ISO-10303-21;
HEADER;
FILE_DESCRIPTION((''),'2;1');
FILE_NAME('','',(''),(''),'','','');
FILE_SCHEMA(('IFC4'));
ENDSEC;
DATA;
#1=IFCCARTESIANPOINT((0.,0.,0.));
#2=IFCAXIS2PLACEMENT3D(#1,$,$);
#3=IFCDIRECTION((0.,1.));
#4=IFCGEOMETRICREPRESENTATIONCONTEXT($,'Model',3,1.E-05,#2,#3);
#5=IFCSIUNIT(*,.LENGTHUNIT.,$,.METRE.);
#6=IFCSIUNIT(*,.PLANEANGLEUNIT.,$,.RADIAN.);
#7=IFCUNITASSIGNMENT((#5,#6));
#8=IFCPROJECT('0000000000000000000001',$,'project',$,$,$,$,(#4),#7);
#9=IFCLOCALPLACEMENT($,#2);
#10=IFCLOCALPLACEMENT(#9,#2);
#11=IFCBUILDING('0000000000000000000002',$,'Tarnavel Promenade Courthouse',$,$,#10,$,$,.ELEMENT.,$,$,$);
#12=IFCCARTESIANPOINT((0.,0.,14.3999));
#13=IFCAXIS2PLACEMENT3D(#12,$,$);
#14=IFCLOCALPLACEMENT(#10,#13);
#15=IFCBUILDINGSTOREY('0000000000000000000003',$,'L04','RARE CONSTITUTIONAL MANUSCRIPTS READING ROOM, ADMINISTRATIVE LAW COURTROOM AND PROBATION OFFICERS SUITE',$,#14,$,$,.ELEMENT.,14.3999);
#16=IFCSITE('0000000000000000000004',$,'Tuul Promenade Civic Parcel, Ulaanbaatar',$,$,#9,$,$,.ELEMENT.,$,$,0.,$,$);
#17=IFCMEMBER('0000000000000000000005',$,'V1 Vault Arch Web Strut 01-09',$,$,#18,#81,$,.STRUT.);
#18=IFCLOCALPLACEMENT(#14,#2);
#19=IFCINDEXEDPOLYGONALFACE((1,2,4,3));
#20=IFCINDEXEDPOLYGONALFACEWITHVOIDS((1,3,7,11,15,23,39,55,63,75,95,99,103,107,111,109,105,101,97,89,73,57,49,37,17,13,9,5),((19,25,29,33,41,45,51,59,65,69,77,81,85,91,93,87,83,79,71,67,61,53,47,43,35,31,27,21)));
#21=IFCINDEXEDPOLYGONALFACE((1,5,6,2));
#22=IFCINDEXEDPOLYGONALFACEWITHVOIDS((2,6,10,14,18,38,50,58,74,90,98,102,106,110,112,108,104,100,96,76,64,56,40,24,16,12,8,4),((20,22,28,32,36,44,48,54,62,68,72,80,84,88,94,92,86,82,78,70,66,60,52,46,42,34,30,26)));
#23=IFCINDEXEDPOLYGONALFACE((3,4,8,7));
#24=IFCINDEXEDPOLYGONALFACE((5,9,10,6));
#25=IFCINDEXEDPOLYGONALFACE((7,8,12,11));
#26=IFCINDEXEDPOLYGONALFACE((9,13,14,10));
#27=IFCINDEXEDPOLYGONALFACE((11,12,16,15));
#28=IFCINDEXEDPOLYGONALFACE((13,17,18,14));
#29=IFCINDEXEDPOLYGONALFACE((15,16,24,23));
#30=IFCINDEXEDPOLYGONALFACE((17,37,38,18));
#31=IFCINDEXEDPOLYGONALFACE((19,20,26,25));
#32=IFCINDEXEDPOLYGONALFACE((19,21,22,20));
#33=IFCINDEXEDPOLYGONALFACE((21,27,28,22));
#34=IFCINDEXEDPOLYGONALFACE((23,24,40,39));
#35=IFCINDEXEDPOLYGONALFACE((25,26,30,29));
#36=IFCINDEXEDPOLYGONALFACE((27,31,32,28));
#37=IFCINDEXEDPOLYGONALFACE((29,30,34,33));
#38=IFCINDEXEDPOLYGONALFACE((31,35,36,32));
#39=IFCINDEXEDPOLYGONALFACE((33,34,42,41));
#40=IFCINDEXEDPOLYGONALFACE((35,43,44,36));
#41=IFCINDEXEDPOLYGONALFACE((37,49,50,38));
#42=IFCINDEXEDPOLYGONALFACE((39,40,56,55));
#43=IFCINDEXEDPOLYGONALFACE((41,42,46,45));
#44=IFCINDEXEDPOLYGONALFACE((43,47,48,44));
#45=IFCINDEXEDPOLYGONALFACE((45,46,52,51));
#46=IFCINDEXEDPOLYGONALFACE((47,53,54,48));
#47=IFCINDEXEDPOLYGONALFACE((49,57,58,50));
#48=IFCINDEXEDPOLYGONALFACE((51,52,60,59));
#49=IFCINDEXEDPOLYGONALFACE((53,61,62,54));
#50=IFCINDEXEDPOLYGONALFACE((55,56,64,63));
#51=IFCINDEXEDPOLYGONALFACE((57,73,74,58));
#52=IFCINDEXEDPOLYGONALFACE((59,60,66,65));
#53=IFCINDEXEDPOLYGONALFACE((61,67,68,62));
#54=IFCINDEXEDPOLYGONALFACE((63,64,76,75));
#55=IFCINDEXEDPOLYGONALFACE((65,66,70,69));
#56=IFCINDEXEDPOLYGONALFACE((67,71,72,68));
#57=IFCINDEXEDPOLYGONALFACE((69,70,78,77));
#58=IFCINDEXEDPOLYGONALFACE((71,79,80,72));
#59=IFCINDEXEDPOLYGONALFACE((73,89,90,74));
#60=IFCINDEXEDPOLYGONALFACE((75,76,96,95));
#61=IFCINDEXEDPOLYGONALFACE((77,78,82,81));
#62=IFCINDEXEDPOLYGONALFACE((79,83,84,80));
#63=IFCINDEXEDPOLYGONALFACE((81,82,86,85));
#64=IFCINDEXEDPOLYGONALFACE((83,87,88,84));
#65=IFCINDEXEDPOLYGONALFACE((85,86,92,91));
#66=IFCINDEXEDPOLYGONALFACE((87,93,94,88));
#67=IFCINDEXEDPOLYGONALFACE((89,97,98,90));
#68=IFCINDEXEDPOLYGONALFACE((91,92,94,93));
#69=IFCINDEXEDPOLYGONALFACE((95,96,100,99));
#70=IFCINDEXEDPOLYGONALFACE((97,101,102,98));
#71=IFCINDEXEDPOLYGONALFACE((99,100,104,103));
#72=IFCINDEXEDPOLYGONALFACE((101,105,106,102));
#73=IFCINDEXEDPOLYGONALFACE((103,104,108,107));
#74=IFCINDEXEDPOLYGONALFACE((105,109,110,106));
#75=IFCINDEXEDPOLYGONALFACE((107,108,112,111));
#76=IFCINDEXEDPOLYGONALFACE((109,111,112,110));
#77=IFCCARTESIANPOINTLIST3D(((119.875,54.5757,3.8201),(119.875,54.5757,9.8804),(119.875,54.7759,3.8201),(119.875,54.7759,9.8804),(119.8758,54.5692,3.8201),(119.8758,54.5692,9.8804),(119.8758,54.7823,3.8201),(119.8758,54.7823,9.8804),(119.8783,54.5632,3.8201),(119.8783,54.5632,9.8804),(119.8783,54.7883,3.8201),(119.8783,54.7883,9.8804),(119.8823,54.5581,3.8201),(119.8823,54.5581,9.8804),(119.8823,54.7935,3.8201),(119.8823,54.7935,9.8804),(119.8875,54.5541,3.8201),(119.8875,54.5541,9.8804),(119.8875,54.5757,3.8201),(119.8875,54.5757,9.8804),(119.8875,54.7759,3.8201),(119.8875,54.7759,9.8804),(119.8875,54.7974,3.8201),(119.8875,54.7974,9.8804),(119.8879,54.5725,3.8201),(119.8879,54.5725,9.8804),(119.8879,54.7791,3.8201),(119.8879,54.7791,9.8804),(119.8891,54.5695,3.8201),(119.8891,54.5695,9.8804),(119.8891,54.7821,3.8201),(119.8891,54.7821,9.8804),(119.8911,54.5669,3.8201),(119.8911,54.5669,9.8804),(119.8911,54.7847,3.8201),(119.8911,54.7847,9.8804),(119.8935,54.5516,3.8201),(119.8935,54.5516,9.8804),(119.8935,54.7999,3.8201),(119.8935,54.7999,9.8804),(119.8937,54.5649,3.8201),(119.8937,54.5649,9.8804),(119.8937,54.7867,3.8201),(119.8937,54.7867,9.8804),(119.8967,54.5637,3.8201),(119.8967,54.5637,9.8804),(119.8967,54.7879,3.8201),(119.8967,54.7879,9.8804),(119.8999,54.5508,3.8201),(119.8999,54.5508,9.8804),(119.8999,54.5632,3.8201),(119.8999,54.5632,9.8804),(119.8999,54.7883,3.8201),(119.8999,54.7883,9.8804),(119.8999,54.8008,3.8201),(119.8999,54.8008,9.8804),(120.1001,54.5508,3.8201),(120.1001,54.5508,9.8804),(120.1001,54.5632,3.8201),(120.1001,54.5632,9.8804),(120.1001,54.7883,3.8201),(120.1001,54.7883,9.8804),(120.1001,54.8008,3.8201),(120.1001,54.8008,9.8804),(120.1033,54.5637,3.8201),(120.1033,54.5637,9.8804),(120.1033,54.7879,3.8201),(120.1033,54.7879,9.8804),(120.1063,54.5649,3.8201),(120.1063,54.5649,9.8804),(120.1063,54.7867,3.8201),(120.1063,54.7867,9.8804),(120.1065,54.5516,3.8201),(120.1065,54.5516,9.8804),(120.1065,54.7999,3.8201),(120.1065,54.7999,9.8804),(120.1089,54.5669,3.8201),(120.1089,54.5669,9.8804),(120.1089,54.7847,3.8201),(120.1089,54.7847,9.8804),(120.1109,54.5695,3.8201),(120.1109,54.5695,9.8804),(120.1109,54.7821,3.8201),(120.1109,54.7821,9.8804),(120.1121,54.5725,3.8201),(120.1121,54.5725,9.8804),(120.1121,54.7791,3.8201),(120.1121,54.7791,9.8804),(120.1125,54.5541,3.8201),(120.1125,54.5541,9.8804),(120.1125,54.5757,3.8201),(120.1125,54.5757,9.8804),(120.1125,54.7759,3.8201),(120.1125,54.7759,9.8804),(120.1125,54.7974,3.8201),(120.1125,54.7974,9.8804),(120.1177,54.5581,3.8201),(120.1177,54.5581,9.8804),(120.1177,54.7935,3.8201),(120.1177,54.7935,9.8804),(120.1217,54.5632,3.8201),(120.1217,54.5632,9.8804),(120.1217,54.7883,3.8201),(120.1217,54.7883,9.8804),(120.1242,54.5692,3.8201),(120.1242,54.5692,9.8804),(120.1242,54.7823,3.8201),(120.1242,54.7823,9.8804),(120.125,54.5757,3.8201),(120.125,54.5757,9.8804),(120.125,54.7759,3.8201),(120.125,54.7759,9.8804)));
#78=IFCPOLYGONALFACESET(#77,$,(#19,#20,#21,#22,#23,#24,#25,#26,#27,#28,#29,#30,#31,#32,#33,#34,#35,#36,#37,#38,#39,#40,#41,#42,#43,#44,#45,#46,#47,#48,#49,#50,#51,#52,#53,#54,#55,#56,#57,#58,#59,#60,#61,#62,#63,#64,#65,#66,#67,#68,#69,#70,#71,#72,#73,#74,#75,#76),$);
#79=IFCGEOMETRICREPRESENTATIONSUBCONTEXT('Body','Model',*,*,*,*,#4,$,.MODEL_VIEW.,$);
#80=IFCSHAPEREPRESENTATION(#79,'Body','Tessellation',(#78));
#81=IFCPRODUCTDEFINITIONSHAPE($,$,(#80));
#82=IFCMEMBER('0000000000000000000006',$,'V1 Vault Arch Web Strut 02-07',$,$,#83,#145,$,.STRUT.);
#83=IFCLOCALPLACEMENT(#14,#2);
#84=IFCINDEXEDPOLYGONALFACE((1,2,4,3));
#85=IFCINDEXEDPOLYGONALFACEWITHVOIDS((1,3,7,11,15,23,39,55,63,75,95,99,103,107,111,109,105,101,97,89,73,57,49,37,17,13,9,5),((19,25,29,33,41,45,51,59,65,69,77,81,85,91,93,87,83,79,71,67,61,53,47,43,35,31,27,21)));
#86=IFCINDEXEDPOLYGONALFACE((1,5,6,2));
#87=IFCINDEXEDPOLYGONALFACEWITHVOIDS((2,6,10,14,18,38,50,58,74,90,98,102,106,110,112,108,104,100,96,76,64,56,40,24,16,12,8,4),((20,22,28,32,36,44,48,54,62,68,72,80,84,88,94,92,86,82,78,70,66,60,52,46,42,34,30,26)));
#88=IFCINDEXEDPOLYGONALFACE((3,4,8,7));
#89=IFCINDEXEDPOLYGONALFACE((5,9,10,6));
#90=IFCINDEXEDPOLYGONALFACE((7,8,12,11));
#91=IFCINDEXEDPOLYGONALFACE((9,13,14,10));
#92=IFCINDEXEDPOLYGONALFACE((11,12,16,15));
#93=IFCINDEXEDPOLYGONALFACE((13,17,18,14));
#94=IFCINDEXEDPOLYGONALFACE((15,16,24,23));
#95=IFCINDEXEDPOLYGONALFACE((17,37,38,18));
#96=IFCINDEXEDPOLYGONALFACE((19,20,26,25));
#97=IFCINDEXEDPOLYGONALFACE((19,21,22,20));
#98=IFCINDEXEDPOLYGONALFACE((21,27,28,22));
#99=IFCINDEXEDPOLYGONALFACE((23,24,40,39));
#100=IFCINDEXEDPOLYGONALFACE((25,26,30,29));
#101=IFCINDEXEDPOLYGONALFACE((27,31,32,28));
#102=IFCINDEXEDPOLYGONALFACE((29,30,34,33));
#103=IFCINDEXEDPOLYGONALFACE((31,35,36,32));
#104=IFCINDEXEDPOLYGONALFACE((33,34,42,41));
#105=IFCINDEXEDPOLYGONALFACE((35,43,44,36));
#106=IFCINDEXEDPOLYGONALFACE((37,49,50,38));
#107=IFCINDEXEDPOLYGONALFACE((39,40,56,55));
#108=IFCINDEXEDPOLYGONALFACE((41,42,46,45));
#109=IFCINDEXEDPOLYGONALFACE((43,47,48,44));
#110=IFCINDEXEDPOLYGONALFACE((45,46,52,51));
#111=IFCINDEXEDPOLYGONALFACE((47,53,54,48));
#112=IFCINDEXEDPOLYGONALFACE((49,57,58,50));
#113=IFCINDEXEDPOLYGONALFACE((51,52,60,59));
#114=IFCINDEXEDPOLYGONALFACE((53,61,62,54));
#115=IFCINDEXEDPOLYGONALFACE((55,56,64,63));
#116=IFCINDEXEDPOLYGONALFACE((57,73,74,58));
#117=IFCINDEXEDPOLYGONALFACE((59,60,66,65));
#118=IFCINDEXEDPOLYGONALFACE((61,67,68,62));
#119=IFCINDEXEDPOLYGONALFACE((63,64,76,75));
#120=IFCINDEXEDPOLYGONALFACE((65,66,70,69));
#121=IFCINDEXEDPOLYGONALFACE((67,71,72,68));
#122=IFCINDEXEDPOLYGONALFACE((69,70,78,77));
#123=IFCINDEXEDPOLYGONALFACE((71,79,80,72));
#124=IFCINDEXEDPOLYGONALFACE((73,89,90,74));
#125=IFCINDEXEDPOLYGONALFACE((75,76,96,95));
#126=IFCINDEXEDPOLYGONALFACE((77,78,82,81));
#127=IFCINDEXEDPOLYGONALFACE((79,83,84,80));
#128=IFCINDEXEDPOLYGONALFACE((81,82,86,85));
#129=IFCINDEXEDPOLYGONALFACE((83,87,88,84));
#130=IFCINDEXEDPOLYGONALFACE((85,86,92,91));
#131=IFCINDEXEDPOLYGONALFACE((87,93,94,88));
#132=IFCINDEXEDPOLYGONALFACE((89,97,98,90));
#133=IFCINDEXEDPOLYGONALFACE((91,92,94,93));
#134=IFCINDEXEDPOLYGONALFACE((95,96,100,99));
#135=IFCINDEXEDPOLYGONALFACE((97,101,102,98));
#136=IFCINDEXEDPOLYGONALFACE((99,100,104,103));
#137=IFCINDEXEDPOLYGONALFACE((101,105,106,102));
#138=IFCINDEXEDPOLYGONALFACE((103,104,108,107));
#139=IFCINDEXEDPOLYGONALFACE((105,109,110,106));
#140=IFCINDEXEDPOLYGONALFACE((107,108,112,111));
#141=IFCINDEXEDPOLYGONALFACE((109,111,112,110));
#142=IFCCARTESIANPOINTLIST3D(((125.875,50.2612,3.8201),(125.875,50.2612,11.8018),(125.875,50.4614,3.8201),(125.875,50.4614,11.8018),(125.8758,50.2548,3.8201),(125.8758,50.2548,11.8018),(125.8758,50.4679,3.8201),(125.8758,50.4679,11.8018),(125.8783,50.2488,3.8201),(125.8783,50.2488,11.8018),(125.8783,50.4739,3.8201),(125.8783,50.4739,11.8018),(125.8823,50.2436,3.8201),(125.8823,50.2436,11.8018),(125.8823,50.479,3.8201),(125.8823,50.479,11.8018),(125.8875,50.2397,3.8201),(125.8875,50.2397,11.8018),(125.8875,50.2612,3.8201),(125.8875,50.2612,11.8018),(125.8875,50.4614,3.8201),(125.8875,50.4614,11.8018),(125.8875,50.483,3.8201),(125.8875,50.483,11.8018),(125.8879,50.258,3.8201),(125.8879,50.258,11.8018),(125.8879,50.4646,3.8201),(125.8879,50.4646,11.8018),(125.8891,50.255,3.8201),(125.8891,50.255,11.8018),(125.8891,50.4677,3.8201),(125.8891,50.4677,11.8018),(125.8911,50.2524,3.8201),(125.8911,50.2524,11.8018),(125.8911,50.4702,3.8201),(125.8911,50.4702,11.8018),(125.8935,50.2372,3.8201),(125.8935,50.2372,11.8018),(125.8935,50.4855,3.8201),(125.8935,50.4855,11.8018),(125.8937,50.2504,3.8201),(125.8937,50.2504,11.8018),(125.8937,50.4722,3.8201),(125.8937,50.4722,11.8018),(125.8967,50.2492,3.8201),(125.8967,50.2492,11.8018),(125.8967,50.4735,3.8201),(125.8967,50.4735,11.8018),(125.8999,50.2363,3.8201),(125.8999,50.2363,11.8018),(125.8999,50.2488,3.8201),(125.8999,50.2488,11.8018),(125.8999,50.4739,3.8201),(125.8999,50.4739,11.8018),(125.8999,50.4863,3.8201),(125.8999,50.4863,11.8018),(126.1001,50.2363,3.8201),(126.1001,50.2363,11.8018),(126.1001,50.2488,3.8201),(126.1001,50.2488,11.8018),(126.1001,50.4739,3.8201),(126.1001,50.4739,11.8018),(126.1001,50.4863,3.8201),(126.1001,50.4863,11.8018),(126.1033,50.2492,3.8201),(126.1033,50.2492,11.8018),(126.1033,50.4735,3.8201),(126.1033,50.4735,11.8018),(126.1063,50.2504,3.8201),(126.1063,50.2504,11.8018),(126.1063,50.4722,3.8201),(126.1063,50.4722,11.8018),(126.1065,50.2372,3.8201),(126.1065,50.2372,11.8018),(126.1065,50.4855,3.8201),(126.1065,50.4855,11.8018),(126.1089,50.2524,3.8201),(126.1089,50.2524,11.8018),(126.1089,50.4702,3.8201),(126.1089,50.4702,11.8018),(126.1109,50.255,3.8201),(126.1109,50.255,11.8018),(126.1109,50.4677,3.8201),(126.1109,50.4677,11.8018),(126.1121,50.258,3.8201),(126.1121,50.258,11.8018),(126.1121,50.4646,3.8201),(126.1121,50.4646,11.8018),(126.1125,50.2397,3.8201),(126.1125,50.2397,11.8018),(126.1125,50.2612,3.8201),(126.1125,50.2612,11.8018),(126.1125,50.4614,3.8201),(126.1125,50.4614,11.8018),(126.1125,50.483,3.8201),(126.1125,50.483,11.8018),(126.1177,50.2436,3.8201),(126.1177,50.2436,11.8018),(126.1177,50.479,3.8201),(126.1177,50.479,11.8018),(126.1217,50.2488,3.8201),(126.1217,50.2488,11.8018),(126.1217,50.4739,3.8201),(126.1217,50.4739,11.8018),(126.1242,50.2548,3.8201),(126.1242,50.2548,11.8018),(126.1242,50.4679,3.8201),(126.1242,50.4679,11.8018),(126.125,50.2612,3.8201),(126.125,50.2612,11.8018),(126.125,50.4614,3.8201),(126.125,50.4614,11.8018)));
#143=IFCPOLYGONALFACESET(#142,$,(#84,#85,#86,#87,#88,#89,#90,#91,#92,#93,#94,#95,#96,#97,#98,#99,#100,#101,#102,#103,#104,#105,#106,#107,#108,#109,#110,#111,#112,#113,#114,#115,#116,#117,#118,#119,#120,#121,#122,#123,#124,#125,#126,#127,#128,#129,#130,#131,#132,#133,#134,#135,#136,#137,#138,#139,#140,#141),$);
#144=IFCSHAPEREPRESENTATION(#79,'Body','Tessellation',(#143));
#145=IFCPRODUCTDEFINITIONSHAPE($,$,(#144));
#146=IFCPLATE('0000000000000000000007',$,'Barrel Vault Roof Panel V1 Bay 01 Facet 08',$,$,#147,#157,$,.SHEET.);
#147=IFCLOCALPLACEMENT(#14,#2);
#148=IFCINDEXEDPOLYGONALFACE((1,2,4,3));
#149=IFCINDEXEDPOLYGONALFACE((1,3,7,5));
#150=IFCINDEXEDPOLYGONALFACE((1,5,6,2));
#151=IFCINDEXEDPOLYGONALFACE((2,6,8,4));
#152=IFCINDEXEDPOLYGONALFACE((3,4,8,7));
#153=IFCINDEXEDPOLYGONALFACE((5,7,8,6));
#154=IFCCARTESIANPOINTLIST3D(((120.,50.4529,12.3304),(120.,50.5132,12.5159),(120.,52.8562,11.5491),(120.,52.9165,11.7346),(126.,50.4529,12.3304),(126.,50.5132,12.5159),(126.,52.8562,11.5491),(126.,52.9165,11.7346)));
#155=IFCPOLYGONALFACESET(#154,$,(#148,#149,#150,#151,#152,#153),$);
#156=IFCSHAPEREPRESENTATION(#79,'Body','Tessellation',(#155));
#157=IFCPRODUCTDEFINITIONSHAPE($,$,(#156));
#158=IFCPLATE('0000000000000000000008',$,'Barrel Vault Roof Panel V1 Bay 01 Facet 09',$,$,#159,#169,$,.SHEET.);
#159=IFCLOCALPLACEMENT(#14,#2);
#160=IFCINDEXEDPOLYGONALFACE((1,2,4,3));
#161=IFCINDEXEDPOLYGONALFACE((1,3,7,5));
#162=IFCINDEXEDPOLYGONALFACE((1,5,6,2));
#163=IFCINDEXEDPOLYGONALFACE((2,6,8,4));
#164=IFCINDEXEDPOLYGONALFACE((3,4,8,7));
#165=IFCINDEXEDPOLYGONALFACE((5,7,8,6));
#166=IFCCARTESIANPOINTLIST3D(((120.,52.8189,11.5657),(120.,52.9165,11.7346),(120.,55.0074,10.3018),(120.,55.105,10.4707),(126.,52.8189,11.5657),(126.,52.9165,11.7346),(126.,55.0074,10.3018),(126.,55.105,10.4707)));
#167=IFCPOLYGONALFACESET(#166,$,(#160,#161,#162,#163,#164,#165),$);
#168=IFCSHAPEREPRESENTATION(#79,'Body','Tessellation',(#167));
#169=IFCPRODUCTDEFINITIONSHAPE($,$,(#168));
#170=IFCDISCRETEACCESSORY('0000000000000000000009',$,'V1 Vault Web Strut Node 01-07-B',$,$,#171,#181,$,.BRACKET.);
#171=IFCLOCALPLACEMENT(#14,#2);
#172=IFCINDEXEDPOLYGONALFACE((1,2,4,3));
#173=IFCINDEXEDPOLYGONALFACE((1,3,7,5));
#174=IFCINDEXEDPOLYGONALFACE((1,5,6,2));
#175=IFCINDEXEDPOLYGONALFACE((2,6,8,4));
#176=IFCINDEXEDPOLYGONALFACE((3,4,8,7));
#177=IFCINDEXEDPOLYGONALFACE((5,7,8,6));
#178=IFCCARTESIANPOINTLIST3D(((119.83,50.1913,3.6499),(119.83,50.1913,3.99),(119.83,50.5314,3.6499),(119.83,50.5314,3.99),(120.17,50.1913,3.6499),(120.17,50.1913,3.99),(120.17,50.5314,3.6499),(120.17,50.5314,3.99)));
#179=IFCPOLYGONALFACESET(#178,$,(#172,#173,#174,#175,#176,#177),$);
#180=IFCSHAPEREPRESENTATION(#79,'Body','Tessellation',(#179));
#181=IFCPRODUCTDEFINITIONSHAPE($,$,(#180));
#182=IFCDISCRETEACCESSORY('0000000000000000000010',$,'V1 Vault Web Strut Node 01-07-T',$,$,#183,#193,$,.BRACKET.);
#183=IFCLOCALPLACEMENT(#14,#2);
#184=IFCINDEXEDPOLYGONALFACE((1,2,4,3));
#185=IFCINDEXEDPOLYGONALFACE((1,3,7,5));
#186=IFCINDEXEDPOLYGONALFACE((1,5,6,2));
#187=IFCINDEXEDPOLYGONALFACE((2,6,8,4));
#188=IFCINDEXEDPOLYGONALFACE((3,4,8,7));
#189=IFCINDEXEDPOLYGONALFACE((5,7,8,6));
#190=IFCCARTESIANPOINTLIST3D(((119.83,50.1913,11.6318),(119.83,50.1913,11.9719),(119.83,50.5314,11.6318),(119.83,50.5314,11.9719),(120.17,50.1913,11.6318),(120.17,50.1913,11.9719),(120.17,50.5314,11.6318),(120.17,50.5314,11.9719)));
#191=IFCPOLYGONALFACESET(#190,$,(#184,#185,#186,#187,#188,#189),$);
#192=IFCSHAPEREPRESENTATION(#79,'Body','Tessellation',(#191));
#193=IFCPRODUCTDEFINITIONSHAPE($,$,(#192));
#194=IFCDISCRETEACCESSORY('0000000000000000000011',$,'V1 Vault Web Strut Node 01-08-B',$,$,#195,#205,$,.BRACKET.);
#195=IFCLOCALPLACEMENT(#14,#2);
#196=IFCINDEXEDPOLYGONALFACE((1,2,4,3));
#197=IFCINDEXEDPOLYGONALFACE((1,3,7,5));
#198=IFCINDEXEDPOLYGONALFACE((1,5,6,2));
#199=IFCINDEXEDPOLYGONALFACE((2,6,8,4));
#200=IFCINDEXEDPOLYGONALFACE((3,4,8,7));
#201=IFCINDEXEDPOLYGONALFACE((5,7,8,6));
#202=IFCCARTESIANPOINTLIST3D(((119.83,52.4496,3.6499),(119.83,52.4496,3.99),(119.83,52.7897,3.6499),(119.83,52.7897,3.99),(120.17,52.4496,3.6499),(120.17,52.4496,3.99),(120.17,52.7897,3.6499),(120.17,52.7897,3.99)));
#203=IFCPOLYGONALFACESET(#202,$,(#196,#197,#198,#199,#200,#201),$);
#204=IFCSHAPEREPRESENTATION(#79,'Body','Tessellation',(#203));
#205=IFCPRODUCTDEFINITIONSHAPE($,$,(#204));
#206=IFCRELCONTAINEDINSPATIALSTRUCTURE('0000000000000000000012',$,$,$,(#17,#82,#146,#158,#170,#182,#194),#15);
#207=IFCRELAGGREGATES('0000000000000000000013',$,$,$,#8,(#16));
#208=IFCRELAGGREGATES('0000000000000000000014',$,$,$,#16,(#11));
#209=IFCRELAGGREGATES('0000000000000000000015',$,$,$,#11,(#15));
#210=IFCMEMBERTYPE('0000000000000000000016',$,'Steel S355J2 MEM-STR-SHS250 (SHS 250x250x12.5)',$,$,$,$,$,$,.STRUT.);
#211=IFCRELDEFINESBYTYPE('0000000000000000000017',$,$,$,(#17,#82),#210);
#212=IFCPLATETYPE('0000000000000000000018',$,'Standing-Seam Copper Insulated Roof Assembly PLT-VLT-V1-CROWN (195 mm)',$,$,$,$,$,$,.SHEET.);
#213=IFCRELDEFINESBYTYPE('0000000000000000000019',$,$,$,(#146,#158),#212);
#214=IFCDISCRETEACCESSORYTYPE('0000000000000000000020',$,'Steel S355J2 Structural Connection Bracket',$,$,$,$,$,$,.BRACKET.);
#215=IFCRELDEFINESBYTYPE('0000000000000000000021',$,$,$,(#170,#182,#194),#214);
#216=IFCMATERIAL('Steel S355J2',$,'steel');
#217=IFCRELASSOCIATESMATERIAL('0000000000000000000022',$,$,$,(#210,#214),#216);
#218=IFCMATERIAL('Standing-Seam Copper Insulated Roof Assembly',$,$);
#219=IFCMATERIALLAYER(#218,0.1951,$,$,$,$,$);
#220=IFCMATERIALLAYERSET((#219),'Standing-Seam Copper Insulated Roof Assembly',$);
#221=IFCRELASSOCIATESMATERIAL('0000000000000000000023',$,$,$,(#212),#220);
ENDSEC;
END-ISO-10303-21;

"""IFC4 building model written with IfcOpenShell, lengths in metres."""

from ifc_helpers import new_model, si_unit, direction, frame, origin, origin_2d, place, context, subcontext, project, spatial, polyline, rectangle, hollow_rectangle, outline, extrude, material, layer, layer_set, material_profile, profile_set, type_object, element, save


model = new_model("IFC4")

# Units and contexts
model_context = context("Model", 3, precision=1e-05, world=origin(), true_north=direction((0.0, 1.0)))
body_context = subcontext(model_context, "Body", "Model", "MODEL_VIEW")
ifc_project = project(units=[si_unit("LENGTHUNIT", "METRE"), si_unit("PLANEANGLEUNIT", "RADIAN")], contexts=[model_context])

# Site, building, storey
site_placement = place(None, origin())
site = spatial("IfcSite", under=ifc_project, at=site_placement, Name="Tuul Promenade Civic Parcel, Ulaanbaatar", CompositionType="ELEMENT", RefElevation=0.0)
building_placement = place(site_placement, origin())
building = spatial("IfcBuilding", under=site, at=building_placement, Name="Tarnavel Promenade Courthouse", CompositionType="ELEMENT")
storey_placement = place(building_placement, frame((0.0, 0.0, 14.3999)))
storey = spatial("IfcBuildingStorey", under=building, at=storey_placement, Name="L04", Description="RARE CONSTITUTIONAL MANUSCRIPTS READING ROOM, ADMINISTRATIVE LAW COURTROOM AND PROBATION OFFICERS SUITE", CompositionType="ELEMENT", Elevation=14.3999)

# Shared definitions
ifc_material_1 = material(Name="Steel S355J2", Category="steel")

# Members
ifc_material_profile_1 = material_profile(ifc_material_1, hollow_rectangle(XDim=0.25, YDim=0.25, WallThickness=0.0125, InnerFilletRadius=0.0125, OuterFilletRadius=0.0249, at=origin_2d()), Name="SHS 250x250x12.5")
ifc_profile_set_1 = profile_set([ifc_material_profile_1], Name="Steel S355J2")
member_type_1 = type_object("IfcMemberType", Name="Steel S355J2 MEM-STR-SHS250 (SHS 250x250x12.5)", PredefinedType="STRUT", material=ifc_profile_set_1)
member_1_placement = place(storey_placement, frame((120.0, 54.6758, 3.8201), z_axis=(0.0, 0.0, 1.0), x_axis=(1.0, 0.0, 0.0)))
element("IfcMember", 1, at=member_1_placement, inside=storey, type_object=member_type_1, Name="V1 Vault Arch Web Strut 01-09", PredefinedType="STRUT", context=body_context, shape_type="SweptSolid", body=[
    extrude(hollow_rectangle(XDim=0.25, YDim=0.25, WallThickness=0.0125, InnerFilletRadius=0.0125, OuterFilletRadius=0.0249, at=origin_2d()), origin(), (0.0, 0.0, 1.0), 6.0603),
])
member_2_placement = place(storey_placement, frame((126.0, 50.3613, 3.8201), z_axis=(0.0, 0.0, 1.0), x_axis=(1.0, 0.0, 0.0)))
element("IfcMember", 2, at=member_2_placement, inside=storey, type_object=member_type_1, Name="V1 Vault Arch Web Strut 02-07", PredefinedType="STRUT", context=body_context, shape_type="SweptSolid", body=[
    extrude(hollow_rectangle(XDim=0.25, YDim=0.25, WallThickness=0.0125, InnerFilletRadius=0.0125, OuterFilletRadius=0.0249, at=origin_2d()), origin(), (0.0, 0.0, 1.0), 7.9817),
])

# Plates
ifc_material_2 = material(Name="Standing-Seam Copper Insulated Roof Assembly")
ifc_layer = layer(ifc_material_2, 0.1951)
ifc_layer_set = layer_set([ifc_layer], Name="Standing-Seam Copper Insulated Roof Assembly")
plate_type = type_object("IfcPlateType", Name="Standing-Seam Copper Insulated Roof Assembly PLT-VLT-V1-CROWN (195 mm)", PredefinedType="SHEET", material=ifc_layer_set)
plate_1_placement = place(storey_placement, frame((120.0, 50.5132, 12.5159), z_axis=(0.0, 0.309147, 0.951014), x_axis=(1.0, 0.0, 0.0)))
element("IfcPlate", 3, at=plate_1_placement, inside=storey, type_object=plate_type, Name="Barrel Vault Roof Panel V1 Bay 01 Facet 08", PredefinedType="SHEET", context=body_context, shape_type="SweptSolid", body=[
    extrude(outline(polyline([(0.0, 0.0), (6.0, 0.0), (6.0, 2.5271), (0.0, 2.5271), (0.0, 0.0)])), origin(), (0.0, 0.0, -1.0), 0.1951),
])
plate_2_placement = place(storey_placement, frame((120.0, 52.9165, 11.7346), z_axis=(0.0, 0.500118, 0.865957), x_axis=(1.0, 0.0, 0.0)))
element("IfcPlate", 4, at=plate_2_placement, inside=storey, type_object=plate_type, Name="Barrel Vault Roof Panel V1 Bay 01 Facet 09", PredefinedType="SHEET", context=body_context, shape_type="SweptSolid", body=[
    extrude(outline(polyline([(0.0, 0.0), (6.0, 0.0), (6.0, 2.5272), (0.0, 2.5272), (0.0, 0.0)])), origin(), (0.0, 0.0, -1.0), 0.1951),
])

# Discrete accessories
discrete_accessory_type = type_object("IfcDiscreteAccessoryType", Name="Steel S355J2 Structural Connection Bracket", PredefinedType="BRACKET", material=ifc_material_1)
for number, where, z_axis, x_axis, name in (
    (5, (120.0, 50.3613, 3.6499), (0.0, 0.0, 1.0), (1.0, 0.0, 0.0), "V1 Vault Web Strut Node 01-07-B"),
    (6, (120.0, 50.3613, 11.6318), (0.0, 0.0, 1.0), (1.0, 0.0, 0.0), "V1 Vault Web Strut Node 01-07-T"),
    (7, (120.0, 52.6196, 3.6499), (0.0, 0.0, 1.0), (1.0, 0.0, 0.0), "V1 Vault Web Strut Node 01-08-B"),
):
    element("IfcDiscreteAccessory", number, at=place(storey_placement, frame(where, z_axis=z_axis, x_axis=x_axis)), inside=storey, type_object=discrete_accessory_type, Name=name, PredefinedType="BRACKET", context=body_context, shape_type="SweptSolid", body=[
        extrude(rectangle(XDim=0.3401, YDim=0.3401, at=origin_2d()), origin(), (0.0, 0.0, 1.0), 0.3401),
    ])

save(model, "model.ifc")
